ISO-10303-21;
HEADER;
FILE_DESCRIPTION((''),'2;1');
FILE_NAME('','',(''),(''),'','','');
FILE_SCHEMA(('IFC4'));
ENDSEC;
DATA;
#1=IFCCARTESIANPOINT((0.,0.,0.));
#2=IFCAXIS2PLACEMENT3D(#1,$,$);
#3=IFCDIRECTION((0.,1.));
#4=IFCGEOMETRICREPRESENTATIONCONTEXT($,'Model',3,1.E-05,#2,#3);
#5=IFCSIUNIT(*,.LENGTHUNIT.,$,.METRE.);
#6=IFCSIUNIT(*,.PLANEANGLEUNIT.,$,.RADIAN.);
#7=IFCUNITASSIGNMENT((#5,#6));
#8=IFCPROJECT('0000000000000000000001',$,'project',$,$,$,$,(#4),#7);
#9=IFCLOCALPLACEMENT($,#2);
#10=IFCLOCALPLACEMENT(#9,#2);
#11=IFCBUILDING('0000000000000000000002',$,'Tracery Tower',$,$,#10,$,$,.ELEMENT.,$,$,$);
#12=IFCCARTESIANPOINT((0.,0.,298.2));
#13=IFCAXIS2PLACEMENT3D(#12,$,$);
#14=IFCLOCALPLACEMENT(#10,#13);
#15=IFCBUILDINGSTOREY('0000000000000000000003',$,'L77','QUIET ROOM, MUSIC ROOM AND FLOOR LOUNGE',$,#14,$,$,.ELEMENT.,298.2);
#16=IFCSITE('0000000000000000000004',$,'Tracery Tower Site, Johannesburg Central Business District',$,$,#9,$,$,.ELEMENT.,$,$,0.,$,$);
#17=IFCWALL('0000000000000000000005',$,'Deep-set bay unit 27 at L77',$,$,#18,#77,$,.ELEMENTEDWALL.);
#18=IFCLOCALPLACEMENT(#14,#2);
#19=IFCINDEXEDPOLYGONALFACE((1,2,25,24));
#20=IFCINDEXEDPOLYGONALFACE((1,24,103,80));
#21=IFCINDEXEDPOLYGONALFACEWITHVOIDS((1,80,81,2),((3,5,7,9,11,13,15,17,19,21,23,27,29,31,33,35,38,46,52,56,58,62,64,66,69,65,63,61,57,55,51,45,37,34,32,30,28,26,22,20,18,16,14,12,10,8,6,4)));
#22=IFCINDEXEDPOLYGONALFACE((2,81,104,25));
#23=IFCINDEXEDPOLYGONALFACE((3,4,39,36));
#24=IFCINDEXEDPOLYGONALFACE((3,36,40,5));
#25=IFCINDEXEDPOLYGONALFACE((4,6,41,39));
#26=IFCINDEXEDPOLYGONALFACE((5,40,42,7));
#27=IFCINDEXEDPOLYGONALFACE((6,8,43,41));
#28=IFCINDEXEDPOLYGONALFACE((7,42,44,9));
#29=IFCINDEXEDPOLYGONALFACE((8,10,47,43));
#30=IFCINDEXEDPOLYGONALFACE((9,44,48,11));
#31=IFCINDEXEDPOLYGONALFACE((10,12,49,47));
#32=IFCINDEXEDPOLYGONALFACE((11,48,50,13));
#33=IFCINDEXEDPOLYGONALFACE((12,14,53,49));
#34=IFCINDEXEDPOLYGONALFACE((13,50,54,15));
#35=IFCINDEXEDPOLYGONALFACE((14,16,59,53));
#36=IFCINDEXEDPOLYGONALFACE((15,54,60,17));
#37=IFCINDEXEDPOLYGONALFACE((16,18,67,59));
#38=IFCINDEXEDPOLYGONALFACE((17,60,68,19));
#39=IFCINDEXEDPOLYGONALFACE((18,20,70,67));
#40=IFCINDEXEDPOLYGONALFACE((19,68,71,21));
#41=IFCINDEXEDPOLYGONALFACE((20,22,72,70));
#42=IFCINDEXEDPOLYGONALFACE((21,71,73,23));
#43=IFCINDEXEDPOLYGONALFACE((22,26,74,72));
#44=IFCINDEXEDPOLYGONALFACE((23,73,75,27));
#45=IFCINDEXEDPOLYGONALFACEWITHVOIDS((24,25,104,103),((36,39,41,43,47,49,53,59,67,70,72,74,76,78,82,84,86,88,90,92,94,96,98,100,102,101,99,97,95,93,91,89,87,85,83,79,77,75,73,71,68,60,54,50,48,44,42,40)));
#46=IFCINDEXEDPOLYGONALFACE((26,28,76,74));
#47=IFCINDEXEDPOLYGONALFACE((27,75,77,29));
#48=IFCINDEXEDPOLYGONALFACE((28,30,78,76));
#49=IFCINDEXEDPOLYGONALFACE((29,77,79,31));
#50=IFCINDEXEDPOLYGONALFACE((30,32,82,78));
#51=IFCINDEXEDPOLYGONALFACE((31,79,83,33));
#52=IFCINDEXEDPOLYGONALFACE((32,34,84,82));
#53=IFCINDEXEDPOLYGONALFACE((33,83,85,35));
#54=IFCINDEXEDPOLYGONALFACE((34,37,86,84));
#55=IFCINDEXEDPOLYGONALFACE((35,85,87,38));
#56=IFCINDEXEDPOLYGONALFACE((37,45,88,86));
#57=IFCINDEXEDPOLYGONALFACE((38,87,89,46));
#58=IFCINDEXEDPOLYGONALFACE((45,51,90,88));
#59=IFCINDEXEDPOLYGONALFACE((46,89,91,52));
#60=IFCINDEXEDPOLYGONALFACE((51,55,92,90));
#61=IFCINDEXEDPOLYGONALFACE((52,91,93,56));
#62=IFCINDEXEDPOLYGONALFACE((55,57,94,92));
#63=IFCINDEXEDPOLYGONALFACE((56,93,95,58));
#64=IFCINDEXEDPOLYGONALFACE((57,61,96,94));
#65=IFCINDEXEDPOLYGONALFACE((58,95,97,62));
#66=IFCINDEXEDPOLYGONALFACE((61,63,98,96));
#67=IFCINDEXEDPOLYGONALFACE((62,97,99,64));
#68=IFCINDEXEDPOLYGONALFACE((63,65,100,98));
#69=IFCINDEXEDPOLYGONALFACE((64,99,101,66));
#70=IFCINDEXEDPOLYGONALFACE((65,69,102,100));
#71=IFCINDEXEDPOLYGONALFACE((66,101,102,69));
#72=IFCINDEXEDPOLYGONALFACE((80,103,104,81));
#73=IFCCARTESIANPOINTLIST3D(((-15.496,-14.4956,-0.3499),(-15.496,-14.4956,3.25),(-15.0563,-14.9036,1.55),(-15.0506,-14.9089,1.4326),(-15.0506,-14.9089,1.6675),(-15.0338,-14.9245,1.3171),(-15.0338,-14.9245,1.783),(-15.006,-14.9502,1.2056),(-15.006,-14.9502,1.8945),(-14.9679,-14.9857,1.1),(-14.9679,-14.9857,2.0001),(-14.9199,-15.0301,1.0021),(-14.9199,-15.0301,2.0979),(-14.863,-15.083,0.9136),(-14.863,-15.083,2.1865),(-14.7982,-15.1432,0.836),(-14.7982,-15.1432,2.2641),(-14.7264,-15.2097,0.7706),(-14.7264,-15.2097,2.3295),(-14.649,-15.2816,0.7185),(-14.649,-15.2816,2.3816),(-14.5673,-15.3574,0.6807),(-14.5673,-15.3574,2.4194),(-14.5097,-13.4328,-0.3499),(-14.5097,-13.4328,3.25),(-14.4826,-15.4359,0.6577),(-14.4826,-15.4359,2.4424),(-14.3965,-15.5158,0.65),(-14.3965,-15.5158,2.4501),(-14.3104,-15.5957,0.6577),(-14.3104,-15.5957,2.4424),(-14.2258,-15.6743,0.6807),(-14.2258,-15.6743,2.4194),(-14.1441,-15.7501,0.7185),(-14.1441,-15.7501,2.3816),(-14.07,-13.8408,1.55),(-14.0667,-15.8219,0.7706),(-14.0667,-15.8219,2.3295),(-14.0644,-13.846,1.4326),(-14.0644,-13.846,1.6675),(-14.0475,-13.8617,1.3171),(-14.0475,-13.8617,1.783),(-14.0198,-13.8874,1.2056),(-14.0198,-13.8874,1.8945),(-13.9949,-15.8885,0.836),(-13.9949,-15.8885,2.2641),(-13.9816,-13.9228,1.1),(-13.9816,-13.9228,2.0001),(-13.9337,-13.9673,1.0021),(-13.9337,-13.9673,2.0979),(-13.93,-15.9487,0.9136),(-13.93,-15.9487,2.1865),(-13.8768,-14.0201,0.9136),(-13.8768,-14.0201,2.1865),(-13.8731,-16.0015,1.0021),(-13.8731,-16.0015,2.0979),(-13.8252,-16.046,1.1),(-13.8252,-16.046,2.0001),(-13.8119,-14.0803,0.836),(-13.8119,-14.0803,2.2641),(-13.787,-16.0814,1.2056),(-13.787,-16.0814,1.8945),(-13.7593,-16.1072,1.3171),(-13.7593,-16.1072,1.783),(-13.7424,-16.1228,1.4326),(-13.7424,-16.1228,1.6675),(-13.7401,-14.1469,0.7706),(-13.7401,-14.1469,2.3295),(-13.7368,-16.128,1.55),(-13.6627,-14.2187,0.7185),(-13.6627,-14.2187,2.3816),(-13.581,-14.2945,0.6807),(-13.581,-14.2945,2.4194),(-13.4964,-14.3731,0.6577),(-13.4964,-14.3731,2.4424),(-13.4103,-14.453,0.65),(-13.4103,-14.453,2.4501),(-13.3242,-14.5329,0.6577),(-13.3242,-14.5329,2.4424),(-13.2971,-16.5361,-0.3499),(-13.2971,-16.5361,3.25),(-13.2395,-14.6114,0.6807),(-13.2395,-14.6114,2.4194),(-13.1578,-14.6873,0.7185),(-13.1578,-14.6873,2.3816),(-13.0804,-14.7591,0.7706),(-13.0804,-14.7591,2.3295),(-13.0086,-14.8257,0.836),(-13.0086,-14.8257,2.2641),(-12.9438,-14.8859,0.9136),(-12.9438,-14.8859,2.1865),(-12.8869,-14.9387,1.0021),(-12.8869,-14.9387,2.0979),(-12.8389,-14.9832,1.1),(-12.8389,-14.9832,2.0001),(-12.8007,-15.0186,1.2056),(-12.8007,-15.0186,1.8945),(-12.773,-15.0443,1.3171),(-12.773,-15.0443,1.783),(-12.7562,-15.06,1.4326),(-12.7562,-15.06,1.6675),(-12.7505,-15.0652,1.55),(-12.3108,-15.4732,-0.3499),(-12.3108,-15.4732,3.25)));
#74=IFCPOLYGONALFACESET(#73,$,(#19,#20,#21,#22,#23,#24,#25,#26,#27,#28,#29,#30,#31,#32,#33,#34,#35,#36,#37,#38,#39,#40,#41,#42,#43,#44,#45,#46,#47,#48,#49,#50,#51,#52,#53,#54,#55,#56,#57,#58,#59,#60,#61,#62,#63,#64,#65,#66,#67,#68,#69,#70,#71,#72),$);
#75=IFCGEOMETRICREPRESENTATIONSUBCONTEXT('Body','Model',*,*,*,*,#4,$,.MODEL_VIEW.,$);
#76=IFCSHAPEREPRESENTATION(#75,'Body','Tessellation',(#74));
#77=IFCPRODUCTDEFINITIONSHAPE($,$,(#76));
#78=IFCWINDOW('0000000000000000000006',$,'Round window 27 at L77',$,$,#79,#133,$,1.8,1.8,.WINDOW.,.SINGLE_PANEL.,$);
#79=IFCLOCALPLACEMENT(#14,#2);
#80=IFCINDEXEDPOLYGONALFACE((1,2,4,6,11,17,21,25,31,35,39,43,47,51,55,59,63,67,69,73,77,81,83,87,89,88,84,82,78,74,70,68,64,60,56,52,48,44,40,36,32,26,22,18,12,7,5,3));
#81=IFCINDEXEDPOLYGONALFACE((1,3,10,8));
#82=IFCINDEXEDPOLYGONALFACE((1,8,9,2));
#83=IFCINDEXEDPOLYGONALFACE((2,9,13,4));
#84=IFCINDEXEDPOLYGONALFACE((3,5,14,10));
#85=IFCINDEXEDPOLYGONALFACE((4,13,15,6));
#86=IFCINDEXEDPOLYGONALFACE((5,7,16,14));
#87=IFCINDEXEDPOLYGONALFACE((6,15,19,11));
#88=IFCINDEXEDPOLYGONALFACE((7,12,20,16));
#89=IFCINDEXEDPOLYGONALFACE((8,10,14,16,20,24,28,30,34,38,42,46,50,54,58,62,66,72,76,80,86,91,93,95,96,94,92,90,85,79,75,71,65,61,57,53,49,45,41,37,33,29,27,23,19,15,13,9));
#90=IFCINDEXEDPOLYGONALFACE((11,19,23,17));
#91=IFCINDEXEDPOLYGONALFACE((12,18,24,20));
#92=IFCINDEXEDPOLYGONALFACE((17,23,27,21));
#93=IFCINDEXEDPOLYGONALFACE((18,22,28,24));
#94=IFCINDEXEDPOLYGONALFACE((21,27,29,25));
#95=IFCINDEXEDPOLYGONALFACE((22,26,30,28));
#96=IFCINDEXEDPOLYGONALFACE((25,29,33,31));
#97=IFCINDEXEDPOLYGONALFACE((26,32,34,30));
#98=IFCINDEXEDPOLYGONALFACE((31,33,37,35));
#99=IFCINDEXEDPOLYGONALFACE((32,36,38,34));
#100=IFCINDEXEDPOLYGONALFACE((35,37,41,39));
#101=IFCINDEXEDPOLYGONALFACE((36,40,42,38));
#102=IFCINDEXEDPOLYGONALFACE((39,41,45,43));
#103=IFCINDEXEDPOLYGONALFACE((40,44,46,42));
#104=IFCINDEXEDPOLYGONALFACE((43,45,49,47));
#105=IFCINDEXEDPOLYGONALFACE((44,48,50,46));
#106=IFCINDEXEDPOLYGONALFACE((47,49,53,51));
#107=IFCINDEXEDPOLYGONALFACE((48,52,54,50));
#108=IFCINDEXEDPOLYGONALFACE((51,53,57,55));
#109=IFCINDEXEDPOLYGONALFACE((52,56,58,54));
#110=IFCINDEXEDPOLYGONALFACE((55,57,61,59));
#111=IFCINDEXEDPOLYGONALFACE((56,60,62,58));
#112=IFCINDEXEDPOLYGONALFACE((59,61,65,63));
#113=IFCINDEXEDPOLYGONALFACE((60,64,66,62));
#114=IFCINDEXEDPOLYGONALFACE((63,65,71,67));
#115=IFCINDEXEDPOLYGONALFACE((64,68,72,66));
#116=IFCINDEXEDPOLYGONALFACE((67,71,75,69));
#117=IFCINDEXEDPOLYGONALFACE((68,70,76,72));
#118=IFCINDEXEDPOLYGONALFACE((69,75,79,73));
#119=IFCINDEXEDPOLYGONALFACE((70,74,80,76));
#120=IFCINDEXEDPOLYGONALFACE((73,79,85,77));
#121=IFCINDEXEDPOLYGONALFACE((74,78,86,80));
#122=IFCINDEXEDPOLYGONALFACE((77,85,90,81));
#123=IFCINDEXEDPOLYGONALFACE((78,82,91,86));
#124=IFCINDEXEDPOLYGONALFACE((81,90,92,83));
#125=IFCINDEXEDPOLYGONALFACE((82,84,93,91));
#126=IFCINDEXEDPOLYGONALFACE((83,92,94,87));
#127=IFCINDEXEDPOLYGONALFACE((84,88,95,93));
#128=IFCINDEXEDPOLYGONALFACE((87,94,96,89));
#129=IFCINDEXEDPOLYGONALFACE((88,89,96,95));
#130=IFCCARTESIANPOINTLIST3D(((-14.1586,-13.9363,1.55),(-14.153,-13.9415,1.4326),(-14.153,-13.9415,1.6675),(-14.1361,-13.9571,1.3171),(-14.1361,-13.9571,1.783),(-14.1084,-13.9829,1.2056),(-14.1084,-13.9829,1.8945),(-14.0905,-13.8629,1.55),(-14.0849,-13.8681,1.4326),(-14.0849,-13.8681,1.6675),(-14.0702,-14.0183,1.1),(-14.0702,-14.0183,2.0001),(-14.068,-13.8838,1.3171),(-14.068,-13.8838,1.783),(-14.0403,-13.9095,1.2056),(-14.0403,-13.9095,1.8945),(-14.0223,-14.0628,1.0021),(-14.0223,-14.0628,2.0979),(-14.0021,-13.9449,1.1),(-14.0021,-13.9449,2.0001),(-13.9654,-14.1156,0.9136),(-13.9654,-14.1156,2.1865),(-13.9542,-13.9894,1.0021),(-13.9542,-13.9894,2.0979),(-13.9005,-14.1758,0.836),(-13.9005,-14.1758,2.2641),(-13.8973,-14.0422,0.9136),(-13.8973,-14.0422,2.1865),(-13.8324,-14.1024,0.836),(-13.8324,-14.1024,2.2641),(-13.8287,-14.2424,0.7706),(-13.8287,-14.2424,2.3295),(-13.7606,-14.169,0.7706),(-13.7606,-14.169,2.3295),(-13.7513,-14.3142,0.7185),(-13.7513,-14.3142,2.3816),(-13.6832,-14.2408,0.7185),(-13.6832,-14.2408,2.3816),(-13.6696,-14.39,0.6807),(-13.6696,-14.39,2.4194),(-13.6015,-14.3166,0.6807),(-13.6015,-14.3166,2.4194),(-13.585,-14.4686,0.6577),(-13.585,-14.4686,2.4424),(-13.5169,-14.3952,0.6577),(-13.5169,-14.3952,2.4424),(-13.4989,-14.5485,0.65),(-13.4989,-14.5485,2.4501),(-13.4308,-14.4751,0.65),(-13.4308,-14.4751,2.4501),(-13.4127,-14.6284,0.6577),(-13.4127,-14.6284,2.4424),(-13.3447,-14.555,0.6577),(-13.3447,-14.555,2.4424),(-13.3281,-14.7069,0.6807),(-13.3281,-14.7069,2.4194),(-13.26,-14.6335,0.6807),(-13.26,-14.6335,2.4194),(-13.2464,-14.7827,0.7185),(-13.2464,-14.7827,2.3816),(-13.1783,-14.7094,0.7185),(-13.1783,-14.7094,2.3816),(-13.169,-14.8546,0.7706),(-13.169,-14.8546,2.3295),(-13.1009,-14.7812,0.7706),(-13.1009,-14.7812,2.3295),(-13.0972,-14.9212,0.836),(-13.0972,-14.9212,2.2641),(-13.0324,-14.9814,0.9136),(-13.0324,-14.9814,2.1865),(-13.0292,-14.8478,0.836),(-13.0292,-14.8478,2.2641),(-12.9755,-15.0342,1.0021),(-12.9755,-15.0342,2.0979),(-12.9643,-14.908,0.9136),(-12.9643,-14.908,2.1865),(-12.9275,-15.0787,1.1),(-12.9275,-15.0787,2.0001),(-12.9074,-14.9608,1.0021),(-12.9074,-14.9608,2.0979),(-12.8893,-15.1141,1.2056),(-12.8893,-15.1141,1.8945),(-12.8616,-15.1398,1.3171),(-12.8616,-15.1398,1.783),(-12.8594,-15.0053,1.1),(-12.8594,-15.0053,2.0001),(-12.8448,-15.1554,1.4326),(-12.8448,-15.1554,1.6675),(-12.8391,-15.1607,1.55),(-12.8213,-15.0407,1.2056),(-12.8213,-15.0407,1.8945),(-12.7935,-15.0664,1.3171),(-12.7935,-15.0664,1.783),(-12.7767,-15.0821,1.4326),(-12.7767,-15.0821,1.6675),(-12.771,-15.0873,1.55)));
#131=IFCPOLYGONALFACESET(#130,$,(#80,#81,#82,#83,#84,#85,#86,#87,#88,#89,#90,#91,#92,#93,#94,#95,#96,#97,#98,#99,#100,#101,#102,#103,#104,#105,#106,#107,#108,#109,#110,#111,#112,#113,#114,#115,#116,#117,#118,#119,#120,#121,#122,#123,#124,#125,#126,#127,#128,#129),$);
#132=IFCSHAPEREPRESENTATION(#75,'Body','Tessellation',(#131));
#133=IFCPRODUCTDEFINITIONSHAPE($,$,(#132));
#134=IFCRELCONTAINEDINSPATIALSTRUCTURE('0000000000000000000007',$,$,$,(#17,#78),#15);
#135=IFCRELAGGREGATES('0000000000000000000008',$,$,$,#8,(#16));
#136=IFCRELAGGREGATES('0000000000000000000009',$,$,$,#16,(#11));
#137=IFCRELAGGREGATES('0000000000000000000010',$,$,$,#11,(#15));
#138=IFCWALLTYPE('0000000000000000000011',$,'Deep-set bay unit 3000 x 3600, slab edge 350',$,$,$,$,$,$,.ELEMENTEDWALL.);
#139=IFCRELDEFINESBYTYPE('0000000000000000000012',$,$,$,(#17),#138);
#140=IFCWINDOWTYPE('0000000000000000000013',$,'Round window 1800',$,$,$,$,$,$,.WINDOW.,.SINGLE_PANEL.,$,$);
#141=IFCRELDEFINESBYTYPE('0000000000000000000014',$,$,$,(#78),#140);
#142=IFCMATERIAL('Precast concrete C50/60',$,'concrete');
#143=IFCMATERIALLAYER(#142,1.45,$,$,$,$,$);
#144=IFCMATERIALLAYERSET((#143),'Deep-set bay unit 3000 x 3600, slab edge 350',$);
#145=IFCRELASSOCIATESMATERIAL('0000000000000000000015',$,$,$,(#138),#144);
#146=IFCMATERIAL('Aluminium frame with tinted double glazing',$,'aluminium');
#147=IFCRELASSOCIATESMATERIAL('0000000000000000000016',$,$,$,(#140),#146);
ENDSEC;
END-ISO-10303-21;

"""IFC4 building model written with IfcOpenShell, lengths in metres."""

from ifc_helpers import new_model, si_unit, direction, frame, frame_2d, origin, origin_2d, place, context, subcontext, project, spatial, rectangle, circle, extrude, material, layer, layer_set, type_object, element, fill, save


model = new_model("IFC4")

# Units and contexts
model_context = context("Model", 3, precision=1e-05, world=origin(), true_north=direction((0.0, 1.0)))
body_context = subcontext(model_context, "Body", "Model", "MODEL_VIEW")
ifc_project = project(units=[si_unit("LENGTHUNIT", "METRE"), si_unit("PLANEANGLEUNIT", "RADIAN")], contexts=[model_context])

# Site, building, storey
site_placement = place(None, origin())
site = spatial("IfcSite", under=ifc_project, at=site_placement, Name="Tracery Tower Site, Johannesburg Central Business District", CompositionType="ELEMENT", RefElevation=0.0)
building_placement = place(site_placement, origin())
building = spatial("IfcBuilding", under=site, at=building_placement, Name="Tracery Tower", CompositionType="ELEMENT")
storey_placement = place(building_placement, frame((0.0, 0.0, 298.2)))
storey = spatial("IfcBuildingStorey", under=building, at=storey_placement, Name="L77", Description="QUIET ROOM, MUSIC ROOM AND FLOOR LOUNGE", CompositionType="ELEMENT", Elevation=298.2)

# Wall, opening, window
ifc_material_1 = material(Name="Precast concrete C50/60", Category="concrete")
ifc_layer_1 = layer(ifc_material_1, 1.45)
ifc_layer_set_1 = layer_set([ifc_layer_1], Name="Deep-set bay unit 3000 x 3600, slab edge 350")
wall_type_1 = type_object("IfcWallType", Name="Deep-set bay unit 3000 x 3600, slab edge 350", PredefinedType="ELEMENTEDWALL", material=ifc_layer_set_1)
wall_1_placement = place(storey_placement, frame((-15.0029, -13.9641, -0.3499), z_axis=(0.0, 0.0, 1.0), x_axis=(0.733022, -0.680204, 0.0)))
wall_1 = element("IfcWall", 1, at=wall_1_placement, inside=storey, type_object=wall_type_1, Name="Deep-set bay unit 27 at L77", PredefinedType="ELEMENTEDWALL", context=body_context, shape_type="SweptSolid", body=[
    extrude(rectangle(XDim=2.9998, YDim=1.45, at=frame_2d((1.5, 0.0))), origin(), (0.0, 0.0, 1.0), 3.5999),
])
opening_1_placement = place(wall_1_placement, frame((1.5, 0.0, 1.8999)))
opening_1 = element("IfcOpeningElement", 2, at=opening_1_placement, cuts=wall_1, PredefinedType="OPENING", context=body_context, shape_type="SweptSolid", body=[
    extrude(circle(Radius=0.9, at=origin_2d()), frame((0.0, 0.7349, 0.0), z_axis=(0.0, -1.0, 0.0), x_axis=(1.0, 0.0, 0.0)), (0.0, 0.0, 1.0), 1.47),
])
ifc_material_2 = material(Name="Aluminium frame with tinted double glazing", Category="aluminium")
window_type = type_object("IfcWindowType", Name="Round window 1800", PartitioningType="SINGLE_PANEL", PredefinedType="WINDOW", material=ifc_material_2)
window_1_placement = place(opening_1_placement, origin())
window_1 = element("IfcWindow", 3, at=window_1_placement, inside=storey, type_object=window_type, Name="Round window 27 at L77", OverallHeight=1.8, OverallWidth=1.8, PartitioningType="SINGLE_PANEL", PredefinedType="WINDOW", context=body_context, shape_type="SweptSolid", body=[
    extrude(circle(Radius=0.9, at=origin_2d()), frame((0.0, 0.6948, 0.0), z_axis=(0.0, -1.0, 0.0), x_axis=(1.0, 0.0, 0.0)), (0.0, 0.0, 1.0), 0.1001),
])
fill(opening_1, window_1)

save(model, "model.ifc")
